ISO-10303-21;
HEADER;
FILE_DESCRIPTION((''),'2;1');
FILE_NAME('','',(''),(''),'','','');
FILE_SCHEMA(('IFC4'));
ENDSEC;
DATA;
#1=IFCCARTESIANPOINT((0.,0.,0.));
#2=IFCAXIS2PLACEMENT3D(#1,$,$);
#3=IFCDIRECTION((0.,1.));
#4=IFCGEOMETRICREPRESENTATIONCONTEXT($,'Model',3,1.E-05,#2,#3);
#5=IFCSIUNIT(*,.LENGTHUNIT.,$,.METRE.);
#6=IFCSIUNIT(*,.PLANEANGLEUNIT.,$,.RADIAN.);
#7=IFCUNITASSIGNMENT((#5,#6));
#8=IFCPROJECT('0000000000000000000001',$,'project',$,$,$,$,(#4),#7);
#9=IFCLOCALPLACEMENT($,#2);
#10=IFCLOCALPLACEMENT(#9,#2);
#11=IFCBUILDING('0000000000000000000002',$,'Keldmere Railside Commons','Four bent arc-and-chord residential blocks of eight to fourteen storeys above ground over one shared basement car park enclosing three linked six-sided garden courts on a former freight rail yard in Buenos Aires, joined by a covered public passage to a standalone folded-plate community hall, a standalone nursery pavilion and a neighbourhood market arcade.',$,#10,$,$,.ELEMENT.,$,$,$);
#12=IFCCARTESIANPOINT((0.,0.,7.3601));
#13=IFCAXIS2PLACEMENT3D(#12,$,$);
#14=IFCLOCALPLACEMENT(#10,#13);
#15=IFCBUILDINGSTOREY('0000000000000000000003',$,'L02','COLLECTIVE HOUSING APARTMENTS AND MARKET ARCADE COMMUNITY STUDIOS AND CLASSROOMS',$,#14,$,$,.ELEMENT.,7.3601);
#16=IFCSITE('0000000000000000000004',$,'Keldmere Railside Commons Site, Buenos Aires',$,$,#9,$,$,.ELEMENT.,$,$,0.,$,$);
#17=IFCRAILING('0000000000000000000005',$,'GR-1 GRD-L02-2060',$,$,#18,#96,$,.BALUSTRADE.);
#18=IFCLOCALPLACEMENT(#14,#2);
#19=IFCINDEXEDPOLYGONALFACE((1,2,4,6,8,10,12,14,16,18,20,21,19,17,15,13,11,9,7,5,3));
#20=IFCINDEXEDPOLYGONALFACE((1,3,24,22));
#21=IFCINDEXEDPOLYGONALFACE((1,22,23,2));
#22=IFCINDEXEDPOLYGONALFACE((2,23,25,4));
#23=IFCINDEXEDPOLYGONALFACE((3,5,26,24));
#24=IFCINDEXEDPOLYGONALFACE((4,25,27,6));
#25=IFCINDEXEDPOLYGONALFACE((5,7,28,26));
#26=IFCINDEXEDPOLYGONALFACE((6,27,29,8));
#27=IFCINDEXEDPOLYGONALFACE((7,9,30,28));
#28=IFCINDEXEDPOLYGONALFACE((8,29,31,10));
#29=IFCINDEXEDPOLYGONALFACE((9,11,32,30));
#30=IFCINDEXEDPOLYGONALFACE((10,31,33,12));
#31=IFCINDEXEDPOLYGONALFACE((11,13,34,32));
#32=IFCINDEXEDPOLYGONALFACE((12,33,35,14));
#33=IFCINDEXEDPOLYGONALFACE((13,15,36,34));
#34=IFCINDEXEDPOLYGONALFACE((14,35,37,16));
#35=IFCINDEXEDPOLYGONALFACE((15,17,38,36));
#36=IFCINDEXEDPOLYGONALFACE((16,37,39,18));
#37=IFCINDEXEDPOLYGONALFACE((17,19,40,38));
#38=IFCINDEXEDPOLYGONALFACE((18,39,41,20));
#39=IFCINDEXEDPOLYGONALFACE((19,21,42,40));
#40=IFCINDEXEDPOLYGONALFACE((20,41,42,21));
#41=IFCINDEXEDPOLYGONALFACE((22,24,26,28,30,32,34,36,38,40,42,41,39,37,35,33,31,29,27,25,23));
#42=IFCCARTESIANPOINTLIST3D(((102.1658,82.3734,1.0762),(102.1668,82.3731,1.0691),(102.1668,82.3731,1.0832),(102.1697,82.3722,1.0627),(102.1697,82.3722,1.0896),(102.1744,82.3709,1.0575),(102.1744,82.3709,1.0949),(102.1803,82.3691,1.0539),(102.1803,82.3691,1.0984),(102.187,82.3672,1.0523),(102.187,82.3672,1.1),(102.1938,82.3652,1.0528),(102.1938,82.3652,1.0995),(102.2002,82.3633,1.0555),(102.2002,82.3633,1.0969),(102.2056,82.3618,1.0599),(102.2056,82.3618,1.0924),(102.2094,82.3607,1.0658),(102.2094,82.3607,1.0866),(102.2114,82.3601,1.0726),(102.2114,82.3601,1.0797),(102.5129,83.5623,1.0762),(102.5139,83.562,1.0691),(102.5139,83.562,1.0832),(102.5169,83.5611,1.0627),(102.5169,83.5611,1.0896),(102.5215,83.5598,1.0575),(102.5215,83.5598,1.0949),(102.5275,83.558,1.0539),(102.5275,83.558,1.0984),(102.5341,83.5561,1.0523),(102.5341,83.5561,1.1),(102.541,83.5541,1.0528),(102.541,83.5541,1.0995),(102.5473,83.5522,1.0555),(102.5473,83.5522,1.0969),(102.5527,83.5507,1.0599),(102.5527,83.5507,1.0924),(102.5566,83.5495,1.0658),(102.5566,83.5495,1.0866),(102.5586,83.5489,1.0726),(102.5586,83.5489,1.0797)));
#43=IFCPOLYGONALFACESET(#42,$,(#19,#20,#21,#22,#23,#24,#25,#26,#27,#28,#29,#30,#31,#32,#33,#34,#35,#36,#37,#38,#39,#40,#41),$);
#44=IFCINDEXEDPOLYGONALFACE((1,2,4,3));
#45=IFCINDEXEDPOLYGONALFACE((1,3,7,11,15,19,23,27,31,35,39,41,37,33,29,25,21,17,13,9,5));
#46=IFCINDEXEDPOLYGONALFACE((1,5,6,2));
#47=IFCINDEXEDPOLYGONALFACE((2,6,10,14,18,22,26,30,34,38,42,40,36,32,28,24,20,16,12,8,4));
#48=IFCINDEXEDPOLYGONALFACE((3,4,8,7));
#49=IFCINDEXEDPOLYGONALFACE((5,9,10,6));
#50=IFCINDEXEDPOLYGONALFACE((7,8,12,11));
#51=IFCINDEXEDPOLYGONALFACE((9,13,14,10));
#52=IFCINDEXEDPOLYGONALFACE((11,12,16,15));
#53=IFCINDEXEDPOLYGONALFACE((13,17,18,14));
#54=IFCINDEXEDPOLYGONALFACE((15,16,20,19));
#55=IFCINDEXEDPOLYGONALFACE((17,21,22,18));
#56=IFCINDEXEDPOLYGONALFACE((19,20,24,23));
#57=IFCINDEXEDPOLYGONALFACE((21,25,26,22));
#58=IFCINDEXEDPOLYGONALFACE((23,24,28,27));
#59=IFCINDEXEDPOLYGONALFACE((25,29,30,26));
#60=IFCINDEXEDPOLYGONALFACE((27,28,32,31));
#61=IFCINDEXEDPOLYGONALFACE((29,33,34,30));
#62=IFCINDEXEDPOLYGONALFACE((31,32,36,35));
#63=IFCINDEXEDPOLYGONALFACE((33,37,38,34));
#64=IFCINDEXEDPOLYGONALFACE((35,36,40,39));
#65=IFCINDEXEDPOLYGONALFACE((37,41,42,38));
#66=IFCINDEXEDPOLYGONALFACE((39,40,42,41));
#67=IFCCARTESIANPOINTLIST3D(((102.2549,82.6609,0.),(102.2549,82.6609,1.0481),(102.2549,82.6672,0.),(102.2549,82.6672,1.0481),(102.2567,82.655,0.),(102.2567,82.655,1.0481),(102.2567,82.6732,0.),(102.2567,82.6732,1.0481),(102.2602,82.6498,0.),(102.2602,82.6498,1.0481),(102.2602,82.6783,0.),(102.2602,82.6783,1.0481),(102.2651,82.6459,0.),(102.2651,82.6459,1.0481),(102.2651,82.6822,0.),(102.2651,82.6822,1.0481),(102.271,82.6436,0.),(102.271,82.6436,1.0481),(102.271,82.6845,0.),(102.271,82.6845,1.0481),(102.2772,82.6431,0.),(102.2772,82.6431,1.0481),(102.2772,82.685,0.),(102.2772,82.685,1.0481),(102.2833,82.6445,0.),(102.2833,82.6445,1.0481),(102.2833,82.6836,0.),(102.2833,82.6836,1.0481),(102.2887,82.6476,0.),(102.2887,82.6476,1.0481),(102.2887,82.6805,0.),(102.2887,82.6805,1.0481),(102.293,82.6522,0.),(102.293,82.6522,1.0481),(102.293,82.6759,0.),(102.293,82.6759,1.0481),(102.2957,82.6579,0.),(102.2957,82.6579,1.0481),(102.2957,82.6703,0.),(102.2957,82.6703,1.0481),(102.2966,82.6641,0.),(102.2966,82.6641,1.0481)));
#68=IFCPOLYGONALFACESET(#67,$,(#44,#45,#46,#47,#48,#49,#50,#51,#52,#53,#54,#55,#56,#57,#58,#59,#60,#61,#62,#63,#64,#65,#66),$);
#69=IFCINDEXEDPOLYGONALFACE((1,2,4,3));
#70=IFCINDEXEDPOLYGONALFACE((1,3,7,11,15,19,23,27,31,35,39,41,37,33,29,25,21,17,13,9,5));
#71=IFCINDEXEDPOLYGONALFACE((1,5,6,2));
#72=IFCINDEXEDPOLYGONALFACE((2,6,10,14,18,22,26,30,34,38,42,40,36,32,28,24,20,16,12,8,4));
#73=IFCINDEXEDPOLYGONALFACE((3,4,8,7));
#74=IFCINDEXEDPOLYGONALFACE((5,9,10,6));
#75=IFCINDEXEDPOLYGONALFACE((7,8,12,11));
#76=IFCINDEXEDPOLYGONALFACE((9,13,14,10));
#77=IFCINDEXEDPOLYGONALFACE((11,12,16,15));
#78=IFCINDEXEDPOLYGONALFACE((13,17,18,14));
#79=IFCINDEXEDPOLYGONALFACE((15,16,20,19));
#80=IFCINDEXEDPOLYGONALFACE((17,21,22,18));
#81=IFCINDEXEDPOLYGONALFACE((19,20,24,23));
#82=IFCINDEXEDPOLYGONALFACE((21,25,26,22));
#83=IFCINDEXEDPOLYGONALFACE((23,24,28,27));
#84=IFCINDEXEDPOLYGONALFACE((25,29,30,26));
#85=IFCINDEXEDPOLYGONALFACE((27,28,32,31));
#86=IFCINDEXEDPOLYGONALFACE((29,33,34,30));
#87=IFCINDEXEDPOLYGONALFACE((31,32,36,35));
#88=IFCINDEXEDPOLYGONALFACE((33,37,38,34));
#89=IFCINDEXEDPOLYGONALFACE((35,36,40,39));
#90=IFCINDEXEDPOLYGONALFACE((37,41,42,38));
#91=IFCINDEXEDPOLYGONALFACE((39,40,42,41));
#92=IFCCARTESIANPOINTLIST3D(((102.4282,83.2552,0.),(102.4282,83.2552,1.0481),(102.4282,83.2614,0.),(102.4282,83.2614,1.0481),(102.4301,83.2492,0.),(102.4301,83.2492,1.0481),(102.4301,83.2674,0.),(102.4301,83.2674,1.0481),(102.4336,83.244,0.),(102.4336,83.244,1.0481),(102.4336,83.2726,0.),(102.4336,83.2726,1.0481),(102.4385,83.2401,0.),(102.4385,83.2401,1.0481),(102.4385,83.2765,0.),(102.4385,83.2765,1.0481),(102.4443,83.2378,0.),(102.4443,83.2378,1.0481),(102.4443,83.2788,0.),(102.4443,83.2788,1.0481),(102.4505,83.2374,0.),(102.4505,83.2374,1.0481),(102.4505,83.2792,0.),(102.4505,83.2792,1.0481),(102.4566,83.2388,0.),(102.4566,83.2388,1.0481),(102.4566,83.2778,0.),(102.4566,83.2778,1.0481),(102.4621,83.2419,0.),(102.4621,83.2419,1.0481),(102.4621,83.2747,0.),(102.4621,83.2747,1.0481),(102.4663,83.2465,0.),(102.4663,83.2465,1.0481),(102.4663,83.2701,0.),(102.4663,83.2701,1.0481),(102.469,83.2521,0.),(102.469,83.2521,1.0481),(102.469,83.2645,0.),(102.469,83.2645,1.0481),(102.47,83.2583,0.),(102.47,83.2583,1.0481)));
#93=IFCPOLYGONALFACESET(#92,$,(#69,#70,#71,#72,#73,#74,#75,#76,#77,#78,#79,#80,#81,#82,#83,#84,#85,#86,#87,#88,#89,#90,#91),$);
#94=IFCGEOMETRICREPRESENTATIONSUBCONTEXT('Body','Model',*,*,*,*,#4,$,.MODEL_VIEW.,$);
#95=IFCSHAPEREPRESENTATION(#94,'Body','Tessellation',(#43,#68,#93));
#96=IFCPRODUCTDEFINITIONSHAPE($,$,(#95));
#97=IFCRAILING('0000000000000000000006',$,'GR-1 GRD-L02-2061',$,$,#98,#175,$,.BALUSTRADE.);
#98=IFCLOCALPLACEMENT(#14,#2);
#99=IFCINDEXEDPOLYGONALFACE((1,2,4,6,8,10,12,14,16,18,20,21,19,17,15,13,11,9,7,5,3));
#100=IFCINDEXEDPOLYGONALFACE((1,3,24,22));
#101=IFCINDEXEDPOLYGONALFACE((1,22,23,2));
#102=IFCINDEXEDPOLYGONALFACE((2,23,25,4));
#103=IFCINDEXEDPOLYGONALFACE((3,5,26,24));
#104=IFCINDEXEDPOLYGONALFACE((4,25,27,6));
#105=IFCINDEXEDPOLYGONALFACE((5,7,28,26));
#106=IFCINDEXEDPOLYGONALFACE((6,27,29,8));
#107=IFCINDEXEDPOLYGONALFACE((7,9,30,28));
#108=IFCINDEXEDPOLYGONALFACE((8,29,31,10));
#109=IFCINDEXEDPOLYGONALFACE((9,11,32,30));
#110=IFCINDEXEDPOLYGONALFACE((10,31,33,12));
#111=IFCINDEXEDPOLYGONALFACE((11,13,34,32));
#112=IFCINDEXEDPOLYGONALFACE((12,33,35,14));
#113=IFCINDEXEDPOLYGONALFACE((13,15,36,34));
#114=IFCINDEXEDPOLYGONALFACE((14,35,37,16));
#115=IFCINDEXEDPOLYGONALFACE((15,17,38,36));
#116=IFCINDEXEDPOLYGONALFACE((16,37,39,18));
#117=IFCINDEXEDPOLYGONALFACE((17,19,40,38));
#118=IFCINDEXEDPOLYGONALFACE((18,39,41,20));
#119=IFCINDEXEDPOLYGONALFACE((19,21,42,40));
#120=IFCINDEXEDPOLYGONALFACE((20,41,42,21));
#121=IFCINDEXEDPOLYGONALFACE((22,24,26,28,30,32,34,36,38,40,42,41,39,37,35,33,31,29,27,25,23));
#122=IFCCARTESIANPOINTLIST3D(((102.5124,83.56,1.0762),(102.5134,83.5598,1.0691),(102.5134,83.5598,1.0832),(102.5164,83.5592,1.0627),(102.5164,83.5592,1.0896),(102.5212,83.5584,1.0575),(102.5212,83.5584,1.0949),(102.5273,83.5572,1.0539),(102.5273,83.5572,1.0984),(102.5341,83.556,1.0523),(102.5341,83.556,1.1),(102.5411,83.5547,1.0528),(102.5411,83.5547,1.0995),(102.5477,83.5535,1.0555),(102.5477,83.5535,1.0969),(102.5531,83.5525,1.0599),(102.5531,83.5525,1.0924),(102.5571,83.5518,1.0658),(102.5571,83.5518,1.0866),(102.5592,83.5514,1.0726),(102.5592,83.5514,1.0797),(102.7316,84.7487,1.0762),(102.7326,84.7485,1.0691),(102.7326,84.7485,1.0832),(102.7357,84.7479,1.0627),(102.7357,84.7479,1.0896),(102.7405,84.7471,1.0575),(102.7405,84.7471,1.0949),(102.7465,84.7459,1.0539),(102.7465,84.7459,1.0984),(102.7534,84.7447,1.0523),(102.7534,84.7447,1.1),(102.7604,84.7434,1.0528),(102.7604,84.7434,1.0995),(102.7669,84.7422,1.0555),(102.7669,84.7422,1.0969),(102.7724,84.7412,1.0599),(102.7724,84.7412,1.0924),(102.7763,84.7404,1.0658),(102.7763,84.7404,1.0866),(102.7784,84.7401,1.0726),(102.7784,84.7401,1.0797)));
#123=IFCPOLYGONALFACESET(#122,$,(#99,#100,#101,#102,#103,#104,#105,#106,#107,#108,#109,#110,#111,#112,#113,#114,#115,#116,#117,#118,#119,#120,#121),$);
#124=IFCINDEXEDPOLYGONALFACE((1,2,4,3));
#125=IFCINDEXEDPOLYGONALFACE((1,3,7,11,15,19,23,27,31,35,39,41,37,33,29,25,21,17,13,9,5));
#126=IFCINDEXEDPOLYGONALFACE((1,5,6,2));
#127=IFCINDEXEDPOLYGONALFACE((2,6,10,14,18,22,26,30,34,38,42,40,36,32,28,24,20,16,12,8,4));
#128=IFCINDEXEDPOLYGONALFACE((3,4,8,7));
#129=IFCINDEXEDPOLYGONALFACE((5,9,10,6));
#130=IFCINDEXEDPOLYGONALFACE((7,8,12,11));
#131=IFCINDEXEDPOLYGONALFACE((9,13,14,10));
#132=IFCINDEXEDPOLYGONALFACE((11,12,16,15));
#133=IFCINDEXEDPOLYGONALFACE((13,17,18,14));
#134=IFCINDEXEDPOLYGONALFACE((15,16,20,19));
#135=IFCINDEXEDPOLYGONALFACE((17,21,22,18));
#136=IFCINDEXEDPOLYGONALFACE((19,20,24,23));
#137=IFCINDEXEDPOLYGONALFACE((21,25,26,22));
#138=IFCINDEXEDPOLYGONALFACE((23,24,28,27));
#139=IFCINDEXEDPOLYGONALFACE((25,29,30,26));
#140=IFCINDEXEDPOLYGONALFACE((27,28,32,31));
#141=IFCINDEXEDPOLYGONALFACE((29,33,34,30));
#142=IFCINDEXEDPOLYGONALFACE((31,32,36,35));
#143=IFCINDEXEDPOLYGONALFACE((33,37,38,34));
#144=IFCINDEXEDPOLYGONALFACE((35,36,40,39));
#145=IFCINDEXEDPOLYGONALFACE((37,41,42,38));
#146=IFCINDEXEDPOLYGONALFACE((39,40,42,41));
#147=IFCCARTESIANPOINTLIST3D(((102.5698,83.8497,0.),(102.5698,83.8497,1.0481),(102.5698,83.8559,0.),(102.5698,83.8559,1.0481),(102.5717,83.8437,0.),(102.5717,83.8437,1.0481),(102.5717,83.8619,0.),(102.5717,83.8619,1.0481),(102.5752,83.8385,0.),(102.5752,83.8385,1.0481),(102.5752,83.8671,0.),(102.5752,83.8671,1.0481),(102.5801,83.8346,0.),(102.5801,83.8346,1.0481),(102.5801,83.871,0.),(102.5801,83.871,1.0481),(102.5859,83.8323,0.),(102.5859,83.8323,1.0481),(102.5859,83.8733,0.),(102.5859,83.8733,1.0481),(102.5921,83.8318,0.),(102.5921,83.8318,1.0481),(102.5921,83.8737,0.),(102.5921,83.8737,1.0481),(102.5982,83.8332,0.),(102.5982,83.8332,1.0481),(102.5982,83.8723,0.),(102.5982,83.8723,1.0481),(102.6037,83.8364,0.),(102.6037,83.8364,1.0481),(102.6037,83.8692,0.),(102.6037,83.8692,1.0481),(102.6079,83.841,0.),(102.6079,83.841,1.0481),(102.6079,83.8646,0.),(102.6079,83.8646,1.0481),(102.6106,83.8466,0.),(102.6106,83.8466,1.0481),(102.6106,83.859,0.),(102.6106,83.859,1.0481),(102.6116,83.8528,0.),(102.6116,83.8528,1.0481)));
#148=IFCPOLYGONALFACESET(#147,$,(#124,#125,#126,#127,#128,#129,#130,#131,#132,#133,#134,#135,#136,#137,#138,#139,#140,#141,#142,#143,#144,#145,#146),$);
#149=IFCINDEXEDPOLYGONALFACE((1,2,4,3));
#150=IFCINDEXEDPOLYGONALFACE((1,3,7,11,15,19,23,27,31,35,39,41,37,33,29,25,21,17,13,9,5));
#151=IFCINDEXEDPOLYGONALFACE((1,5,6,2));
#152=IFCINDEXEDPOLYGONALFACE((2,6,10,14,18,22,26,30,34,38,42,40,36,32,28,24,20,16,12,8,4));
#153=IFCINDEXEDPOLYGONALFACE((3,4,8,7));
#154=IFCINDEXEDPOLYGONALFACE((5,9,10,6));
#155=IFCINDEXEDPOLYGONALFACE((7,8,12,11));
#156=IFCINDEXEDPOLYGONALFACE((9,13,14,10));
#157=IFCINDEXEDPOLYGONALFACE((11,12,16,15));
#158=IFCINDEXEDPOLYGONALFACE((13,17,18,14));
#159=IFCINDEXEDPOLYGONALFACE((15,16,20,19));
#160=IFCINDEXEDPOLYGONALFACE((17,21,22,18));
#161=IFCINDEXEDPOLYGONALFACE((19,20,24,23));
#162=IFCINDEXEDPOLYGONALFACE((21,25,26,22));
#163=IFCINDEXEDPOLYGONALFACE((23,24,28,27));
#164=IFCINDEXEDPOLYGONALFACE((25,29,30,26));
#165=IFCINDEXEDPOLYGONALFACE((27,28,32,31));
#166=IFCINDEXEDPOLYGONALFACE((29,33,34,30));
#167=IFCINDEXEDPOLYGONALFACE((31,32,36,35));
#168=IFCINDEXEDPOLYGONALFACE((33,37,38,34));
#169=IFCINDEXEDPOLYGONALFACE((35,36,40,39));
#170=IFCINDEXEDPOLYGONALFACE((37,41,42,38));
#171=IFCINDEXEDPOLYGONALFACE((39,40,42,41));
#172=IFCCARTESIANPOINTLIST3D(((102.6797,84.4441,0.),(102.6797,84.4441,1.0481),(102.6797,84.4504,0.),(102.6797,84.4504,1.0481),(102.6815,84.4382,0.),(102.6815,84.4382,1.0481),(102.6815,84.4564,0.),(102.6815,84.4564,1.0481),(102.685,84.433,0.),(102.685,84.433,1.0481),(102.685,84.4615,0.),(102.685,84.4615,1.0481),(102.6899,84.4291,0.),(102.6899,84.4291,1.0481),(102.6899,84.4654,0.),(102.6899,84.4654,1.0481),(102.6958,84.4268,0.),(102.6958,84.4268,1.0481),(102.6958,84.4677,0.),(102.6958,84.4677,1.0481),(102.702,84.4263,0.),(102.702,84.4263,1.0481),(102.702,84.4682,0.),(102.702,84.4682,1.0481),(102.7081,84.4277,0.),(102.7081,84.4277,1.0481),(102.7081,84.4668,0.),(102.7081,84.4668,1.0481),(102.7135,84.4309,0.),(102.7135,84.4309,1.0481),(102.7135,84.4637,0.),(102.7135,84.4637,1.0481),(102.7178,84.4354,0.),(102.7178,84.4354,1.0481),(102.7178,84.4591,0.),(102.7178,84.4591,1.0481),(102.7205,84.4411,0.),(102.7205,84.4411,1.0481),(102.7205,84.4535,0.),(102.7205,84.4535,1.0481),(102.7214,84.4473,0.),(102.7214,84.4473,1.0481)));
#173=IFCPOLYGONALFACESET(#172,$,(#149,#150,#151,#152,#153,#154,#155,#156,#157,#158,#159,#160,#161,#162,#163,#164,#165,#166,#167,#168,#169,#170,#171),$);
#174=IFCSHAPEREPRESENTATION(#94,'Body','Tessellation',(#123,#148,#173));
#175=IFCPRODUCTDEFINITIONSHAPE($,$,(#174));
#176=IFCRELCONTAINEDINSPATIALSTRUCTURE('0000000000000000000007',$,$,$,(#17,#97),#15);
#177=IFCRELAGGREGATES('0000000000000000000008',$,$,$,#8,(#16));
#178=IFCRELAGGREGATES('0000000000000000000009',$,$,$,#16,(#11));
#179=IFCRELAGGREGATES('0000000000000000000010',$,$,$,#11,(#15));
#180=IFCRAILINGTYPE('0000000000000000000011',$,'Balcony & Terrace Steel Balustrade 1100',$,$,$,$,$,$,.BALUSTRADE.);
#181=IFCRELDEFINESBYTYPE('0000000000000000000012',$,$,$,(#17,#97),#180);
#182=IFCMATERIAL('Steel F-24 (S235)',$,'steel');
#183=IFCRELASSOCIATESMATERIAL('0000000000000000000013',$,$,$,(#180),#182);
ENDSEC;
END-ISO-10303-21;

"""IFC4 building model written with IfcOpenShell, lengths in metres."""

from ifc_helpers import new_model, si_unit, direction, frame, origin, origin_2d, place, context, subcontext, project, spatial, circle, extrude, material, type_object, element, save


model = new_model("IFC4")

# Units and contexts
model_context = context("Model", 3, precision=1e-05, world=origin(), true_north=direction((0.0, 1.0)))
body_context = subcontext(model_context, "Body", "Model", "MODEL_VIEW")
ifc_project = project(units=[si_unit("LENGTHUNIT", "METRE"), si_unit("PLANEANGLEUNIT", "RADIAN")], contexts=[model_context])

# Site, building, storey
site_placement = place(None, origin())
site = spatial("IfcSite", under=ifc_project, at=site_placement, Name="Keldmere Railside Commons Site, Buenos Aires", CompositionType="ELEMENT", RefElevation=0.0)
building_placement = place(site_placement, origin())
building = spatial("IfcBuilding", under=site, at=building_placement, Name="Keldmere Railside Commons", Description="Four bent arc-and-chord residential blocks of eight to fourteen storeys above ground over one shared basement car park enclosing three linked six-sided garden courts on a former freight rail yard in Buenos Aires, joined by a covered public passage to a standalone folded-plate community hall, a standalone nursery pavilion and a neighbourhood market arcade.", CompositionType="ELEMENT")
storey_placement = place(building_placement, frame((0.0, 0.0, 7.3601)))
storey = spatial("IfcBuildingStorey", under=building, at=storey_placement, Name="L02", Description="COLLECTIVE HOUSING APARTMENTS AND MARKET ARCADE COMMUNITY STUDIOS AND CLASSROOMS", CompositionType="ELEMENT", Elevation=7.3601)

# Shared definitions
ifc_material_1 = material(Name="Steel F-24 (S235)", Category="steel")

# Railings
railing_type = type_object("IfcRailingType", Name="Balcony & Terrace Steel Balustrade 1100", PredefinedType="BALUSTRADE", material=ifc_material_1)
railing_1_placement = place(storey_placement, frame((102.1887, 82.3667, 0.0)))
element("IfcRailing", 1, at=railing_1_placement, inside=storey, type_object=railing_type, Name="GR-1 GRD-L02-2060", PredefinedType="BALUSTRADE", context=body_context, shape_type="SweptSolid", body=[
    extrude(circle(Radius=0.0239, at=origin_2d()), frame((0.0, 0.0, 1.0762), z_axis=(0.280288, 0.959916, 0.0), x_axis=(-0.959916, 0.280288, 0.0)), (0.0, 0.0, 1.0), 1.2385),
    extrude(circle(Radius=0.021, at=origin_2d()), frame((0.0869, 0.2974, 0.0)), (0.0, 0.0, 1.0), 1.0481),
    extrude(circle(Radius=0.021, at=origin_2d()), frame((0.2603, 0.8916, 0.0)), (0.0, 0.0, 1.0), 1.0481),
])
railing_2_placement = place(storey_placement, frame((102.5359, 83.5557, 0.0)))
element("IfcRailing", 2, at=railing_2_placement, inside=storey, type_object=railing_type, Name="GR-1 GRD-L02-2061", PredefinedType="BALUSTRADE", context=body_context, shape_type="SweptSolid", body=[
    extrude(circle(Radius=0.0239, at=origin_2d()), frame((0.0, 0.0, 1.0762), z_axis=(0.181373, 0.983414, 0.0), x_axis=(-0.983414, 0.181373, 0.0)), (0.0, 0.0, 1.0), 1.2087),
    extrude(circle(Radius=0.021, at=origin_2d()), frame((0.0547, 0.2971, 0.0)), (0.0, 0.0, 1.0), 1.0481),
    extrude(circle(Radius=0.021, at=origin_2d()), frame((0.1646, 0.8916, 0.0)), (0.0, 0.0, 1.0), 1.0481),
])

save(model, "model.ifc")
